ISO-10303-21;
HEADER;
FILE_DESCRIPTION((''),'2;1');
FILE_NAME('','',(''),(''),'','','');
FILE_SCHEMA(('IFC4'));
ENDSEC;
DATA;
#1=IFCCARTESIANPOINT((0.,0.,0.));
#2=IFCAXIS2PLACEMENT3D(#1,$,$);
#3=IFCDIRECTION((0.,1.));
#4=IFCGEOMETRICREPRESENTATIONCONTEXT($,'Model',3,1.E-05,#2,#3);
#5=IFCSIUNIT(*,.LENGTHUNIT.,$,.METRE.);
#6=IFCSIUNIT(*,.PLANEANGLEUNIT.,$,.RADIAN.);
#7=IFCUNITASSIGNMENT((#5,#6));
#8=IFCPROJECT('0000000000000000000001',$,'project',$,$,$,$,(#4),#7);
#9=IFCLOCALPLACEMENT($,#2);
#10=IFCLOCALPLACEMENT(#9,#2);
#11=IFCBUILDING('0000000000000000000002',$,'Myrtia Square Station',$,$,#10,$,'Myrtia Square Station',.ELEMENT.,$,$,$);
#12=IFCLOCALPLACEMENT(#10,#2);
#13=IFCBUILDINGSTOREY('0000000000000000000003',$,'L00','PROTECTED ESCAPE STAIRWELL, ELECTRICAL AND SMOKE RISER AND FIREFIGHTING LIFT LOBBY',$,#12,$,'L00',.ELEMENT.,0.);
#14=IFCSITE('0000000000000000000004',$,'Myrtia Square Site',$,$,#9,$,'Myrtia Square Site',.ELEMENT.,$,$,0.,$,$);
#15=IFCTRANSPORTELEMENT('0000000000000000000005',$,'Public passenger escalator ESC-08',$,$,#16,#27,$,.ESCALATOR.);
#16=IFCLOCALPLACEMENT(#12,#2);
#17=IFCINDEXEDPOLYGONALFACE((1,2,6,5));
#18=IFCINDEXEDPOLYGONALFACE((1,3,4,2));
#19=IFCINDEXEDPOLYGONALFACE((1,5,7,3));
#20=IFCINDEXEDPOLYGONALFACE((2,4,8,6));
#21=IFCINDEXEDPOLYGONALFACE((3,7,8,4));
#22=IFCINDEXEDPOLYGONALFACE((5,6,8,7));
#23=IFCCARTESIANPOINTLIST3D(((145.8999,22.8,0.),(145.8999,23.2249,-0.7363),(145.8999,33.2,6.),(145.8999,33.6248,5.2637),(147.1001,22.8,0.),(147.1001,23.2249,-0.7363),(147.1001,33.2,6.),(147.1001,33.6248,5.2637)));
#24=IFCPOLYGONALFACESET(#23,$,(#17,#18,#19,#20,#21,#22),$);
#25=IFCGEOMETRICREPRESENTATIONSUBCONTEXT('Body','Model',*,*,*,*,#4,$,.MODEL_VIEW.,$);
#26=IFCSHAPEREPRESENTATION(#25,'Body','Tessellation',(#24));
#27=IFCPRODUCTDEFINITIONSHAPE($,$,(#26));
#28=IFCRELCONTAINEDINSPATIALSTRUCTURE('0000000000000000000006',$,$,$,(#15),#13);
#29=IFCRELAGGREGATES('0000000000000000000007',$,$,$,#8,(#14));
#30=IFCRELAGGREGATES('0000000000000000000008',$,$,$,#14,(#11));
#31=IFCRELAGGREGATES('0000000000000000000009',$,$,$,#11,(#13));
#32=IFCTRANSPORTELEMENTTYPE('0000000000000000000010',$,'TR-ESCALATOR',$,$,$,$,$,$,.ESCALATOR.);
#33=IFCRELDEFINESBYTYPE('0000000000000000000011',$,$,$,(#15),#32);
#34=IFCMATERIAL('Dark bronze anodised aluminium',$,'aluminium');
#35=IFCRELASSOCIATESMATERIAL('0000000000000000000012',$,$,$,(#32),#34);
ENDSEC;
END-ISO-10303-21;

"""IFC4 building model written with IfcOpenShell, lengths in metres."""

from ifc_helpers import new_model, si_unit, direction, frame, origin, place, context, subcontext, project, spatial, polyline, outline, extrude, material, type_object, element, save


model = new_model("IFC4")

# Units and contexts
model_context = context("Model", 3, precision=1e-05, world=origin(), true_north=direction((0.0, 1.0)))
body_context = subcontext(model_context, "Body", "Model", "MODEL_VIEW")
ifc_project = project(units=[si_unit("LENGTHUNIT", "METRE"), si_unit("PLANEANGLEUNIT", "RADIAN")], contexts=[model_context])

# Site, building, storey
site_placement = place(None, origin())
site = spatial("IfcSite", under=ifc_project, at=site_placement, Name="Myrtia Square Site", LongName="Myrtia Square Site", CompositionType="ELEMENT", RefElevation=0.0)
building_placement = place(site_placement, origin())
building = spatial("IfcBuilding", under=site, at=building_placement, Name="Myrtia Square Station", LongName="Myrtia Square Station", CompositionType="ELEMENT")
storey_placement = place(building_placement, origin())
storey = spatial("IfcBuildingStorey", under=building, at=storey_placement, Name="L00", Description="PROTECTED ESCAPE STAIRWELL, ELECTRICAL AND SMOKE RISER AND FIREFIGHTING LIFT LOBBY", LongName="L00", CompositionType="ELEMENT", Elevation=0.0)

# Shared definitions
ifc_material_1 = material(Name="Dark bronze anodised aluminium", Category="aluminium")

# Transport element
transport_element_type = type_object("IfcTransportElementType", Name="TR-ESCALATOR", PredefinedType="ESCALATOR", material=ifc_material_1)
transport_element_placement = place(storey_placement, frame((145.8999, 22.8, 0.0), z_axis=(0.0, -0.499726, 0.866184), x_axis=(0.0, 0.866184, 0.499726)))
element("IfcTransportElement", 1, at=transport_element_placement, inside=storey, type_object=transport_element_type, Name="Public passenger escalator ESC-08", PredefinedType="ESCALATOR", context=body_context, shape_type="SweptSolid", body=[
    extrude(outline(polyline([(0.0, 0.0), (12.0066, 0.0), (12.0066, -1.2002), (0.0, -1.2002), (0.0, 0.0)])), origin(), (0.0, 0.0, -1.0), 0.8501),
])

save(model, "model.ifc")
